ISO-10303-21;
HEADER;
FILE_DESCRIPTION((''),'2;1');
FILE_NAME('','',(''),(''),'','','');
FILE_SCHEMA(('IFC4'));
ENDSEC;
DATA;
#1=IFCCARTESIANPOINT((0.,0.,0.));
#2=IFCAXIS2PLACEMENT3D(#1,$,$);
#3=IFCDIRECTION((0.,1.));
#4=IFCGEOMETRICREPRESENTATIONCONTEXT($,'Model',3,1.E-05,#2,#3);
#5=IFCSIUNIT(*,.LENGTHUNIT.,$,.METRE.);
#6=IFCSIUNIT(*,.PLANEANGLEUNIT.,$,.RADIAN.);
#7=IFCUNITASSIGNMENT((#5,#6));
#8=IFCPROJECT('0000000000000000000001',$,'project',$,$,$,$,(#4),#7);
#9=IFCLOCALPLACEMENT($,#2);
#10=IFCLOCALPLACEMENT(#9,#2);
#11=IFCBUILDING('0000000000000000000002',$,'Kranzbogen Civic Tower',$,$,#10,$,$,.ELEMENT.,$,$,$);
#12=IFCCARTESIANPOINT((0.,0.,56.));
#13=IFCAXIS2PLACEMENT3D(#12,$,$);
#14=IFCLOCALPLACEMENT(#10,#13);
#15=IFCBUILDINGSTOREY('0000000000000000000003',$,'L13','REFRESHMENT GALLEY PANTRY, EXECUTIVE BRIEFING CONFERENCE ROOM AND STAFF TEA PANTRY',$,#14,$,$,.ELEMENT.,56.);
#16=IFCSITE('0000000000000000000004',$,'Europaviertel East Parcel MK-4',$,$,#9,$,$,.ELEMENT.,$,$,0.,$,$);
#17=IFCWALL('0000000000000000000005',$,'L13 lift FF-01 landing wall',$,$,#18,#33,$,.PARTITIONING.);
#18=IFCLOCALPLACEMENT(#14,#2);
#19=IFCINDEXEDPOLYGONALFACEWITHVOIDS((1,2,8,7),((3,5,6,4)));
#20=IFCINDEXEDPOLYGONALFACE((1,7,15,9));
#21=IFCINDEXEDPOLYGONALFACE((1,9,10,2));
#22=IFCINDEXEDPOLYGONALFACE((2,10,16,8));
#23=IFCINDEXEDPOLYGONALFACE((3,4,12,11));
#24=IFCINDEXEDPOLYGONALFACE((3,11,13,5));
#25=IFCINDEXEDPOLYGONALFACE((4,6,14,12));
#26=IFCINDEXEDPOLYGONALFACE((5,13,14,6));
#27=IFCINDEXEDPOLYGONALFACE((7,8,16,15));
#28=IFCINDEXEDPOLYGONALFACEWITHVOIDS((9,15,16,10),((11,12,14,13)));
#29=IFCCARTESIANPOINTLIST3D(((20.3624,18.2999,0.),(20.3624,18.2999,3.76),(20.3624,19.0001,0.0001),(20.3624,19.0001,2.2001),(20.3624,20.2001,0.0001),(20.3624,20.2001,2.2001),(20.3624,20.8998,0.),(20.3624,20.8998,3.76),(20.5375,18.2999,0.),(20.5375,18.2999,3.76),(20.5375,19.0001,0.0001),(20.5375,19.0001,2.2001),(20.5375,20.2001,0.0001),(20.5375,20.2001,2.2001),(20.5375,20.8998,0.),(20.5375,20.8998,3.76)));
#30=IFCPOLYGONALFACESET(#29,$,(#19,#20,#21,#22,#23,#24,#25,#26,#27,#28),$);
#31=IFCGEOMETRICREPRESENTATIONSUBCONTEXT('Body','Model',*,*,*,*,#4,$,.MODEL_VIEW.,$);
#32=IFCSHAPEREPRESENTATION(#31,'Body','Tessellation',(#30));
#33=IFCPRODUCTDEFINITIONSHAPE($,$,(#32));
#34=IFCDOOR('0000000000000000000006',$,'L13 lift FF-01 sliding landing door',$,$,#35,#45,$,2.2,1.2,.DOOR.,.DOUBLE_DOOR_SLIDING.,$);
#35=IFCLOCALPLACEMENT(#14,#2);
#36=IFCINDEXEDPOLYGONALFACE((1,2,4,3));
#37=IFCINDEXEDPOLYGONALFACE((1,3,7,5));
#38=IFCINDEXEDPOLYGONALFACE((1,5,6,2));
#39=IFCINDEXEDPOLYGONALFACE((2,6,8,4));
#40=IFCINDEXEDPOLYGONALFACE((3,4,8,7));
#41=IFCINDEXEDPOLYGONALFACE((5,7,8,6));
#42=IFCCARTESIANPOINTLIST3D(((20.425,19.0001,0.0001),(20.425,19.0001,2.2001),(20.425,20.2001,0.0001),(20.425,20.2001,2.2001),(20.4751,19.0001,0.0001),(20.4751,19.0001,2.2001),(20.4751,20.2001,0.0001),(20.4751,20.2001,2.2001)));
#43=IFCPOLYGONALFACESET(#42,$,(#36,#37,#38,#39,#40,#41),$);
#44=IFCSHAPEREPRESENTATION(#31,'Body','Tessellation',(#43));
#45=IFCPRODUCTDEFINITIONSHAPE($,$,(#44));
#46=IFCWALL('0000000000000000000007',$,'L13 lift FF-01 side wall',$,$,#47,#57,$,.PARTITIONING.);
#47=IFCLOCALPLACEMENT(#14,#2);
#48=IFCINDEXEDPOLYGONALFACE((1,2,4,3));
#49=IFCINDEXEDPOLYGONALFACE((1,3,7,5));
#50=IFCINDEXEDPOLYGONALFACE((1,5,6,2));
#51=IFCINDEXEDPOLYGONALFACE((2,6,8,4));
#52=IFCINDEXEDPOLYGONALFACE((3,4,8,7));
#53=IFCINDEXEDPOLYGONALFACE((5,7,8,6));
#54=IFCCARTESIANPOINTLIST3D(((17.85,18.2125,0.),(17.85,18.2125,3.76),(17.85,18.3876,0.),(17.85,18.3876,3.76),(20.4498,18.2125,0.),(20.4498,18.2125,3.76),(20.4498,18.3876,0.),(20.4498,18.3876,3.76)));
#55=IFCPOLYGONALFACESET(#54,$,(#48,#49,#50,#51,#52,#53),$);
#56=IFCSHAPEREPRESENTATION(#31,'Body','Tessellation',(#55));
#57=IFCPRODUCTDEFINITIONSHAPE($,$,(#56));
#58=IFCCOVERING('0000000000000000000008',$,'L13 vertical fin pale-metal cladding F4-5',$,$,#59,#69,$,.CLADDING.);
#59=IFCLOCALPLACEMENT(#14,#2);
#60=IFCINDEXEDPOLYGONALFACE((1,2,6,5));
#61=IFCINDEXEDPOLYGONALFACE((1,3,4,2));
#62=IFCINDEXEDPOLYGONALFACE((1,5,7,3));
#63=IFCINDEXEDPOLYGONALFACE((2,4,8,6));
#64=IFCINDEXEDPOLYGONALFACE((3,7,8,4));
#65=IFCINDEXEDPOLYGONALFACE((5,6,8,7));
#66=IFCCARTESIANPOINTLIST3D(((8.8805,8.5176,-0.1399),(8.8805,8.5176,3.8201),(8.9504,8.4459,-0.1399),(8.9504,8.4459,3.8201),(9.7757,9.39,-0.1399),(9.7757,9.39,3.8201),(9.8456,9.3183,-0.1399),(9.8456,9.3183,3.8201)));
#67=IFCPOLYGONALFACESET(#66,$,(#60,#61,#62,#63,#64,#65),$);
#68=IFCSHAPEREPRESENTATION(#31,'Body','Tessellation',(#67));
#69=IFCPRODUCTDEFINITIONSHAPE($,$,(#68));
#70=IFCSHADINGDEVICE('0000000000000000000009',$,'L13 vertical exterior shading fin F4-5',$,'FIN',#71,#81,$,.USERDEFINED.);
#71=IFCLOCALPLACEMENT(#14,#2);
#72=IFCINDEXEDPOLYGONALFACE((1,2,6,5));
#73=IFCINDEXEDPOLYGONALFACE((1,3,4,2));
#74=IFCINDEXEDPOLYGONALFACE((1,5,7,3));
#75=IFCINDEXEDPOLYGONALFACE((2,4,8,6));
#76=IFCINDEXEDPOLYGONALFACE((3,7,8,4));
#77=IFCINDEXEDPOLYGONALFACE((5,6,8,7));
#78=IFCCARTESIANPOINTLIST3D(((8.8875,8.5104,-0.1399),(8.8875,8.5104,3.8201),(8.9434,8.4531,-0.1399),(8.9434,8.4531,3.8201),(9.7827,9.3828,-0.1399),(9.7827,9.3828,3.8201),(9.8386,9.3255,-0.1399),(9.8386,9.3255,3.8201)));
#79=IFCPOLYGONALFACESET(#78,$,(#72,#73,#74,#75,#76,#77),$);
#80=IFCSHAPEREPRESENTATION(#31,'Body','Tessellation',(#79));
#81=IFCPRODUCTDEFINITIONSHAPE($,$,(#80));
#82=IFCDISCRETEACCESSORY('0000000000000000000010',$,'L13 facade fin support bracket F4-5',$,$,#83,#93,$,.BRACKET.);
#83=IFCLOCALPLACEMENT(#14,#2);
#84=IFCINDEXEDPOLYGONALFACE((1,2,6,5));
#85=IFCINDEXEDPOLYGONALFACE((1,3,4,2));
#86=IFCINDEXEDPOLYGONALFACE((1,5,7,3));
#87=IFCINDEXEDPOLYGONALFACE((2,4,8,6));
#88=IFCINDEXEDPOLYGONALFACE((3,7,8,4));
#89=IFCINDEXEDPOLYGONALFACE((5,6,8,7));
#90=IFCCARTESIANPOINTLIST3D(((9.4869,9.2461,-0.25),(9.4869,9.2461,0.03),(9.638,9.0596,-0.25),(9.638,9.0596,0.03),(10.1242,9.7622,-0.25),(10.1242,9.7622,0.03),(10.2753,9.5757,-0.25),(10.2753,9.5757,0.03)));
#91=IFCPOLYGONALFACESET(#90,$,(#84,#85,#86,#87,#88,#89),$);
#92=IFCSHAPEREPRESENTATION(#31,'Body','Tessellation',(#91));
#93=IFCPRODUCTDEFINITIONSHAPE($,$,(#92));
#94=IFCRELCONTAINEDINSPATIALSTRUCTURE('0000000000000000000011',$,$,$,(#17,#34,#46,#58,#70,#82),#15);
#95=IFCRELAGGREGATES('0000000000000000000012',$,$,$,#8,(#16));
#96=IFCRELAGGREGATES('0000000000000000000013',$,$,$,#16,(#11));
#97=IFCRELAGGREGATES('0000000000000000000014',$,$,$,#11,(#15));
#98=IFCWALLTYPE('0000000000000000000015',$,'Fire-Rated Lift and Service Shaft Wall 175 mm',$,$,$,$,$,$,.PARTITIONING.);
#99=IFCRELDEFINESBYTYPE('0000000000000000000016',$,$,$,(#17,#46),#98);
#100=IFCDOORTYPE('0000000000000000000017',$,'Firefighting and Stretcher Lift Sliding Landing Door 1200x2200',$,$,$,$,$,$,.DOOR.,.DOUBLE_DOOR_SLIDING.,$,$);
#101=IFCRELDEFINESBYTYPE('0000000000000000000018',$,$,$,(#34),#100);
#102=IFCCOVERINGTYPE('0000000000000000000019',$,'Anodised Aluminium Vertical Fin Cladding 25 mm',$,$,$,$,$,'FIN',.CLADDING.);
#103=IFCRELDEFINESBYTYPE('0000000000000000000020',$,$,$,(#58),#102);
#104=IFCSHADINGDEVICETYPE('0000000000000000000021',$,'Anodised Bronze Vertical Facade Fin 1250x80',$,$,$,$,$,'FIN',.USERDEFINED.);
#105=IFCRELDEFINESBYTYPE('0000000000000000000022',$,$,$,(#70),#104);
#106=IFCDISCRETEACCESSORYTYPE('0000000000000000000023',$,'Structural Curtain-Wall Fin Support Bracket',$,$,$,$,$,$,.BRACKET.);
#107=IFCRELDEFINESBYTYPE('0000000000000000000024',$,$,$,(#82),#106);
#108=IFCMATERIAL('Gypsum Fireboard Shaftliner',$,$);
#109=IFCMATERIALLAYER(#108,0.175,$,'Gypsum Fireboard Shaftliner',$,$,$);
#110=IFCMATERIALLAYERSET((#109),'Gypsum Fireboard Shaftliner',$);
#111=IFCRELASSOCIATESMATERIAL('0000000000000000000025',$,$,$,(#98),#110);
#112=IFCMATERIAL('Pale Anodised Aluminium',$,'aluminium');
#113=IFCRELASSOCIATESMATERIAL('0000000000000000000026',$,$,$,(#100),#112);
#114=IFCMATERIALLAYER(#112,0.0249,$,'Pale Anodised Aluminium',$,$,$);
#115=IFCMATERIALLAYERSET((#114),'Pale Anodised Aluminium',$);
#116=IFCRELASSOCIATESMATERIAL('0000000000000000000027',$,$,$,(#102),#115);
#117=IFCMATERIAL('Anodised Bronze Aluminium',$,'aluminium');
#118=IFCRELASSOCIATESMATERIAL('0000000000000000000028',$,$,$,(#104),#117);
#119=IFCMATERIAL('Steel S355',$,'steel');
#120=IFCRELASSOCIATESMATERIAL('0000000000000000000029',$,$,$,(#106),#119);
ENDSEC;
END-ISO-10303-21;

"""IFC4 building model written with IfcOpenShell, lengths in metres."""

from ifc_helpers import new_model, si_unit, direction, frame, frame_2d, origin, origin_2d, place, context, subcontext, project, spatial, rectangle, extrude, material, layer, layer_set, type_object, element, fill, save


model = new_model("IFC4")

# Units and contexts
model_context = context("Model", 3, precision=1e-05, world=origin(), true_north=direction((0.0, 1.0)))
body_context = subcontext(model_context, "Body", "Model", "MODEL_VIEW")
ifc_project = project(units=[si_unit("LENGTHUNIT", "METRE"), si_unit("PLANEANGLEUNIT", "RADIAN")], contexts=[model_context])

# Site, building, storey
site_placement = place(None, origin())
site = spatial("IfcSite", under=ifc_project, at=site_placement, Name="Europaviertel East Parcel MK-4", CompositionType="ELEMENT", RefElevation=0.0)
building_placement = place(site_placement, origin())
building = spatial("IfcBuilding", under=site, at=building_placement, Name="Kranzbogen Civic Tower", CompositionType="ELEMENT")
storey_placement = place(building_placement, frame((0.0, 0.0, 56.0)))
storey = spatial("IfcBuildingStorey", under=building, at=storey_placement, Name="L13", Description="REFRESHMENT GALLEY PANTRY, EXECUTIVE BRIEFING CONFERENCE ROOM AND STAFF TEA PANTRY", CompositionType="ELEMENT", Elevation=56.0)

# Shared definitions
ifc_material_1 = material(Name="Pale Anodised Aluminium", Category="aluminium")

# Shared definitions
ifc_material_2 = material(Name="Steel S355", Category="steel")

# Wall, opening, door
ifc_material_3 = material(Name="Gypsum Fireboard Shaftliner")
ifc_layer_1 = layer(ifc_material_3, 0.175, Name="Gypsum Fireboard Shaftliner")
ifc_layer_set_1 = layer_set([ifc_layer_1], Name="Gypsum Fireboard Shaftliner")
wall_type_1 = type_object("IfcWallType", Name="Fire-Rated Lift and Service Shaft Wall 175 mm", PredefinedType="PARTITIONING", material=ifc_layer_set_1)
wall_1_placement = place(storey_placement, frame((20.45, 18.3, 0.0), z_axis=(0.0, 0.0, 1.0), x_axis=(0.0, 1.0, 0.0)))
wall_1 = element("IfcWall", 1, at=wall_1_placement, inside=storey, type_object=wall_type_1, Name="L13 lift FF-01 landing wall", PredefinedType="PARTITIONING", context=body_context, shape_type="SweptSolid", body=[
    extrude(rectangle(XDim=2.5999, YDim=0.175, at=frame_2d((1.2998, 0.0))), origin(), (0.0, 0.0, 1.0), 3.76),
])
opening_1_placement = place(wall_1_placement, frame((0.7, 0.0, 0.0)))
opening_1 = element("IfcOpeningElement", 2, at=opening_1_placement, cuts=wall_1, PredefinedType="OPENING", context=body_context, shape_type="SweptSolid", body=[
    extrude(rectangle(XDim=1.2, YDim=2.2, at=frame_2d((0.6001, 1.1001))), frame((0.0, 0.0977, 0.0), z_axis=(0.0, -1.0, 0.0), x_axis=(1.0, 0.0, 0.0)), (0.0, 0.0, 1.0), 0.1951),
])
door_type_1 = type_object("IfcDoorType", Name="Firefighting and Stretcher Lift Sliding Landing Door 1200x2200", OperationType="DOUBLE_DOOR_SLIDING", PredefinedType="DOOR", material=ifc_material_1)
door_1_placement = place(opening_1_placement, origin())
door_1 = element("IfcDoor", 3, at=door_1_placement, inside=storey, type_object=door_type_1, Name="L13 lift FF-01 sliding landing door", OperationType="DOUBLE_DOOR_SLIDING", OverallHeight=2.2, OverallWidth=1.2, PredefinedType="DOOR", context=body_context, shape_type="SweptSolid", body=[
    extrude(rectangle(XDim=1.2, YDim=2.2, at=frame_2d((0.6001, 1.1001))), frame((0.0, 0.0249, 0.0), z_axis=(0.0, -1.0, 0.0), x_axis=(1.0, 0.0, 0.0)), (0.0, 0.0, 1.0), 0.05),
])
fill(opening_1, door_1)

# Wall
wall_2_placement = place(storey_placement, frame((17.8501, 18.3, 0.0), z_axis=(0.0, 0.0, 1.0), x_axis=(1.0, 0.0, 0.0)))
element("IfcWall", 4, at=wall_2_placement, inside=storey, type_object=wall_type_1, Name="L13 lift FF-01 side wall", PredefinedType="PARTITIONING", context=body_context, shape_type="SweptSolid", body=[
    extrude(rectangle(XDim=2.5999, YDim=0.175, at=frame_2d((1.2998, 0.0))), origin(), (0.0, 0.0, 1.0), 3.76),
])

# Covering
ifc_layer_2 = layer(ifc_material_1, 0.0249, Name="Pale Anodised Aluminium")
ifc_layer_set_2 = layer_set([ifc_layer_2], Name="Pale Anodised Aluminium")
covering_type = type_object("IfcCoveringType", Name="Anodised Aluminium Vertical Fin Cladding 25 mm", ElementType="FIN", PredefinedType="CLADDING", material=ifc_layer_set_2)
covering_placement = place(storey_placement, frame((9.363, 8.918, -0.1399), z_axis=(0.0, 0.0, 1.0), x_axis=(-0.71618, -0.697915, 0.0)))
element("IfcCovering", 5, at=covering_placement, inside=storey, type_object=covering_type, Name="L13 vertical fin pale-metal cladding F4-5", PredefinedType="CLADDING", context=body_context, shape_type="SweptSolid", body=[
    extrude(rectangle(XDim=1.25, YDim=0.1001, at=origin_2d()), origin(), (0.0, 0.0, 1.0), 3.96),
])

# Shading device
ifc_material_4 = material(Name="Anodised Bronze Aluminium", Category="aluminium")
shading_device_type = type_object("IfcShadingDeviceType", Name="Anodised Bronze Vertical Facade Fin 1250x80", ElementType="FIN", PredefinedType="USERDEFINED", material=ifc_material_4)
shading_device_placement = place(storey_placement, frame((9.363, 8.918, -0.1399), z_axis=(0.0, 0.0, 1.0), x_axis=(-0.71618, -0.697915, 0.0)))
element("IfcShadingDevice", 6, at=shading_device_placement, inside=storey, type_object=shading_device_type, Name="L13 vertical exterior shading fin F4-5", ObjectType="FIN", PredefinedType="USERDEFINED", context=body_context, shape_type="SweptSolid", body=[
    extrude(rectangle(XDim=1.25, YDim=0.0801, at=origin_2d()), origin(), (0.0, 0.0, 1.0), 3.96),
])

# Discrete accessory
discrete_accessory_type = type_object("IfcDiscreteAccessoryType", Name="Structural Curtain-Wall Fin Support Bracket", PredefinedType="BRACKET", material=ifc_material_2)
discrete_accessory_placement = place(storey_placement, frame((9.8811, 9.4109, -0.25), z_axis=(0.0, 0.0, 1.0), x_axis=(-0.777146, -0.62932, 0.0)))
element("IfcDiscreteAccessory", 7, at=discrete_accessory_placement, inside=storey, type_object=discrete_accessory_type, Name="L13 facade fin support bracket F4-5", PredefinedType="BRACKET", context=body_context, shape_type="SweptSolid", body=[
    extrude(rectangle(XDim=0.8201, YDim=0.24, at=origin_2d()), origin(), (0.0, 0.0, 1.0), 0.28),
])

save(model, "model.ifc")
